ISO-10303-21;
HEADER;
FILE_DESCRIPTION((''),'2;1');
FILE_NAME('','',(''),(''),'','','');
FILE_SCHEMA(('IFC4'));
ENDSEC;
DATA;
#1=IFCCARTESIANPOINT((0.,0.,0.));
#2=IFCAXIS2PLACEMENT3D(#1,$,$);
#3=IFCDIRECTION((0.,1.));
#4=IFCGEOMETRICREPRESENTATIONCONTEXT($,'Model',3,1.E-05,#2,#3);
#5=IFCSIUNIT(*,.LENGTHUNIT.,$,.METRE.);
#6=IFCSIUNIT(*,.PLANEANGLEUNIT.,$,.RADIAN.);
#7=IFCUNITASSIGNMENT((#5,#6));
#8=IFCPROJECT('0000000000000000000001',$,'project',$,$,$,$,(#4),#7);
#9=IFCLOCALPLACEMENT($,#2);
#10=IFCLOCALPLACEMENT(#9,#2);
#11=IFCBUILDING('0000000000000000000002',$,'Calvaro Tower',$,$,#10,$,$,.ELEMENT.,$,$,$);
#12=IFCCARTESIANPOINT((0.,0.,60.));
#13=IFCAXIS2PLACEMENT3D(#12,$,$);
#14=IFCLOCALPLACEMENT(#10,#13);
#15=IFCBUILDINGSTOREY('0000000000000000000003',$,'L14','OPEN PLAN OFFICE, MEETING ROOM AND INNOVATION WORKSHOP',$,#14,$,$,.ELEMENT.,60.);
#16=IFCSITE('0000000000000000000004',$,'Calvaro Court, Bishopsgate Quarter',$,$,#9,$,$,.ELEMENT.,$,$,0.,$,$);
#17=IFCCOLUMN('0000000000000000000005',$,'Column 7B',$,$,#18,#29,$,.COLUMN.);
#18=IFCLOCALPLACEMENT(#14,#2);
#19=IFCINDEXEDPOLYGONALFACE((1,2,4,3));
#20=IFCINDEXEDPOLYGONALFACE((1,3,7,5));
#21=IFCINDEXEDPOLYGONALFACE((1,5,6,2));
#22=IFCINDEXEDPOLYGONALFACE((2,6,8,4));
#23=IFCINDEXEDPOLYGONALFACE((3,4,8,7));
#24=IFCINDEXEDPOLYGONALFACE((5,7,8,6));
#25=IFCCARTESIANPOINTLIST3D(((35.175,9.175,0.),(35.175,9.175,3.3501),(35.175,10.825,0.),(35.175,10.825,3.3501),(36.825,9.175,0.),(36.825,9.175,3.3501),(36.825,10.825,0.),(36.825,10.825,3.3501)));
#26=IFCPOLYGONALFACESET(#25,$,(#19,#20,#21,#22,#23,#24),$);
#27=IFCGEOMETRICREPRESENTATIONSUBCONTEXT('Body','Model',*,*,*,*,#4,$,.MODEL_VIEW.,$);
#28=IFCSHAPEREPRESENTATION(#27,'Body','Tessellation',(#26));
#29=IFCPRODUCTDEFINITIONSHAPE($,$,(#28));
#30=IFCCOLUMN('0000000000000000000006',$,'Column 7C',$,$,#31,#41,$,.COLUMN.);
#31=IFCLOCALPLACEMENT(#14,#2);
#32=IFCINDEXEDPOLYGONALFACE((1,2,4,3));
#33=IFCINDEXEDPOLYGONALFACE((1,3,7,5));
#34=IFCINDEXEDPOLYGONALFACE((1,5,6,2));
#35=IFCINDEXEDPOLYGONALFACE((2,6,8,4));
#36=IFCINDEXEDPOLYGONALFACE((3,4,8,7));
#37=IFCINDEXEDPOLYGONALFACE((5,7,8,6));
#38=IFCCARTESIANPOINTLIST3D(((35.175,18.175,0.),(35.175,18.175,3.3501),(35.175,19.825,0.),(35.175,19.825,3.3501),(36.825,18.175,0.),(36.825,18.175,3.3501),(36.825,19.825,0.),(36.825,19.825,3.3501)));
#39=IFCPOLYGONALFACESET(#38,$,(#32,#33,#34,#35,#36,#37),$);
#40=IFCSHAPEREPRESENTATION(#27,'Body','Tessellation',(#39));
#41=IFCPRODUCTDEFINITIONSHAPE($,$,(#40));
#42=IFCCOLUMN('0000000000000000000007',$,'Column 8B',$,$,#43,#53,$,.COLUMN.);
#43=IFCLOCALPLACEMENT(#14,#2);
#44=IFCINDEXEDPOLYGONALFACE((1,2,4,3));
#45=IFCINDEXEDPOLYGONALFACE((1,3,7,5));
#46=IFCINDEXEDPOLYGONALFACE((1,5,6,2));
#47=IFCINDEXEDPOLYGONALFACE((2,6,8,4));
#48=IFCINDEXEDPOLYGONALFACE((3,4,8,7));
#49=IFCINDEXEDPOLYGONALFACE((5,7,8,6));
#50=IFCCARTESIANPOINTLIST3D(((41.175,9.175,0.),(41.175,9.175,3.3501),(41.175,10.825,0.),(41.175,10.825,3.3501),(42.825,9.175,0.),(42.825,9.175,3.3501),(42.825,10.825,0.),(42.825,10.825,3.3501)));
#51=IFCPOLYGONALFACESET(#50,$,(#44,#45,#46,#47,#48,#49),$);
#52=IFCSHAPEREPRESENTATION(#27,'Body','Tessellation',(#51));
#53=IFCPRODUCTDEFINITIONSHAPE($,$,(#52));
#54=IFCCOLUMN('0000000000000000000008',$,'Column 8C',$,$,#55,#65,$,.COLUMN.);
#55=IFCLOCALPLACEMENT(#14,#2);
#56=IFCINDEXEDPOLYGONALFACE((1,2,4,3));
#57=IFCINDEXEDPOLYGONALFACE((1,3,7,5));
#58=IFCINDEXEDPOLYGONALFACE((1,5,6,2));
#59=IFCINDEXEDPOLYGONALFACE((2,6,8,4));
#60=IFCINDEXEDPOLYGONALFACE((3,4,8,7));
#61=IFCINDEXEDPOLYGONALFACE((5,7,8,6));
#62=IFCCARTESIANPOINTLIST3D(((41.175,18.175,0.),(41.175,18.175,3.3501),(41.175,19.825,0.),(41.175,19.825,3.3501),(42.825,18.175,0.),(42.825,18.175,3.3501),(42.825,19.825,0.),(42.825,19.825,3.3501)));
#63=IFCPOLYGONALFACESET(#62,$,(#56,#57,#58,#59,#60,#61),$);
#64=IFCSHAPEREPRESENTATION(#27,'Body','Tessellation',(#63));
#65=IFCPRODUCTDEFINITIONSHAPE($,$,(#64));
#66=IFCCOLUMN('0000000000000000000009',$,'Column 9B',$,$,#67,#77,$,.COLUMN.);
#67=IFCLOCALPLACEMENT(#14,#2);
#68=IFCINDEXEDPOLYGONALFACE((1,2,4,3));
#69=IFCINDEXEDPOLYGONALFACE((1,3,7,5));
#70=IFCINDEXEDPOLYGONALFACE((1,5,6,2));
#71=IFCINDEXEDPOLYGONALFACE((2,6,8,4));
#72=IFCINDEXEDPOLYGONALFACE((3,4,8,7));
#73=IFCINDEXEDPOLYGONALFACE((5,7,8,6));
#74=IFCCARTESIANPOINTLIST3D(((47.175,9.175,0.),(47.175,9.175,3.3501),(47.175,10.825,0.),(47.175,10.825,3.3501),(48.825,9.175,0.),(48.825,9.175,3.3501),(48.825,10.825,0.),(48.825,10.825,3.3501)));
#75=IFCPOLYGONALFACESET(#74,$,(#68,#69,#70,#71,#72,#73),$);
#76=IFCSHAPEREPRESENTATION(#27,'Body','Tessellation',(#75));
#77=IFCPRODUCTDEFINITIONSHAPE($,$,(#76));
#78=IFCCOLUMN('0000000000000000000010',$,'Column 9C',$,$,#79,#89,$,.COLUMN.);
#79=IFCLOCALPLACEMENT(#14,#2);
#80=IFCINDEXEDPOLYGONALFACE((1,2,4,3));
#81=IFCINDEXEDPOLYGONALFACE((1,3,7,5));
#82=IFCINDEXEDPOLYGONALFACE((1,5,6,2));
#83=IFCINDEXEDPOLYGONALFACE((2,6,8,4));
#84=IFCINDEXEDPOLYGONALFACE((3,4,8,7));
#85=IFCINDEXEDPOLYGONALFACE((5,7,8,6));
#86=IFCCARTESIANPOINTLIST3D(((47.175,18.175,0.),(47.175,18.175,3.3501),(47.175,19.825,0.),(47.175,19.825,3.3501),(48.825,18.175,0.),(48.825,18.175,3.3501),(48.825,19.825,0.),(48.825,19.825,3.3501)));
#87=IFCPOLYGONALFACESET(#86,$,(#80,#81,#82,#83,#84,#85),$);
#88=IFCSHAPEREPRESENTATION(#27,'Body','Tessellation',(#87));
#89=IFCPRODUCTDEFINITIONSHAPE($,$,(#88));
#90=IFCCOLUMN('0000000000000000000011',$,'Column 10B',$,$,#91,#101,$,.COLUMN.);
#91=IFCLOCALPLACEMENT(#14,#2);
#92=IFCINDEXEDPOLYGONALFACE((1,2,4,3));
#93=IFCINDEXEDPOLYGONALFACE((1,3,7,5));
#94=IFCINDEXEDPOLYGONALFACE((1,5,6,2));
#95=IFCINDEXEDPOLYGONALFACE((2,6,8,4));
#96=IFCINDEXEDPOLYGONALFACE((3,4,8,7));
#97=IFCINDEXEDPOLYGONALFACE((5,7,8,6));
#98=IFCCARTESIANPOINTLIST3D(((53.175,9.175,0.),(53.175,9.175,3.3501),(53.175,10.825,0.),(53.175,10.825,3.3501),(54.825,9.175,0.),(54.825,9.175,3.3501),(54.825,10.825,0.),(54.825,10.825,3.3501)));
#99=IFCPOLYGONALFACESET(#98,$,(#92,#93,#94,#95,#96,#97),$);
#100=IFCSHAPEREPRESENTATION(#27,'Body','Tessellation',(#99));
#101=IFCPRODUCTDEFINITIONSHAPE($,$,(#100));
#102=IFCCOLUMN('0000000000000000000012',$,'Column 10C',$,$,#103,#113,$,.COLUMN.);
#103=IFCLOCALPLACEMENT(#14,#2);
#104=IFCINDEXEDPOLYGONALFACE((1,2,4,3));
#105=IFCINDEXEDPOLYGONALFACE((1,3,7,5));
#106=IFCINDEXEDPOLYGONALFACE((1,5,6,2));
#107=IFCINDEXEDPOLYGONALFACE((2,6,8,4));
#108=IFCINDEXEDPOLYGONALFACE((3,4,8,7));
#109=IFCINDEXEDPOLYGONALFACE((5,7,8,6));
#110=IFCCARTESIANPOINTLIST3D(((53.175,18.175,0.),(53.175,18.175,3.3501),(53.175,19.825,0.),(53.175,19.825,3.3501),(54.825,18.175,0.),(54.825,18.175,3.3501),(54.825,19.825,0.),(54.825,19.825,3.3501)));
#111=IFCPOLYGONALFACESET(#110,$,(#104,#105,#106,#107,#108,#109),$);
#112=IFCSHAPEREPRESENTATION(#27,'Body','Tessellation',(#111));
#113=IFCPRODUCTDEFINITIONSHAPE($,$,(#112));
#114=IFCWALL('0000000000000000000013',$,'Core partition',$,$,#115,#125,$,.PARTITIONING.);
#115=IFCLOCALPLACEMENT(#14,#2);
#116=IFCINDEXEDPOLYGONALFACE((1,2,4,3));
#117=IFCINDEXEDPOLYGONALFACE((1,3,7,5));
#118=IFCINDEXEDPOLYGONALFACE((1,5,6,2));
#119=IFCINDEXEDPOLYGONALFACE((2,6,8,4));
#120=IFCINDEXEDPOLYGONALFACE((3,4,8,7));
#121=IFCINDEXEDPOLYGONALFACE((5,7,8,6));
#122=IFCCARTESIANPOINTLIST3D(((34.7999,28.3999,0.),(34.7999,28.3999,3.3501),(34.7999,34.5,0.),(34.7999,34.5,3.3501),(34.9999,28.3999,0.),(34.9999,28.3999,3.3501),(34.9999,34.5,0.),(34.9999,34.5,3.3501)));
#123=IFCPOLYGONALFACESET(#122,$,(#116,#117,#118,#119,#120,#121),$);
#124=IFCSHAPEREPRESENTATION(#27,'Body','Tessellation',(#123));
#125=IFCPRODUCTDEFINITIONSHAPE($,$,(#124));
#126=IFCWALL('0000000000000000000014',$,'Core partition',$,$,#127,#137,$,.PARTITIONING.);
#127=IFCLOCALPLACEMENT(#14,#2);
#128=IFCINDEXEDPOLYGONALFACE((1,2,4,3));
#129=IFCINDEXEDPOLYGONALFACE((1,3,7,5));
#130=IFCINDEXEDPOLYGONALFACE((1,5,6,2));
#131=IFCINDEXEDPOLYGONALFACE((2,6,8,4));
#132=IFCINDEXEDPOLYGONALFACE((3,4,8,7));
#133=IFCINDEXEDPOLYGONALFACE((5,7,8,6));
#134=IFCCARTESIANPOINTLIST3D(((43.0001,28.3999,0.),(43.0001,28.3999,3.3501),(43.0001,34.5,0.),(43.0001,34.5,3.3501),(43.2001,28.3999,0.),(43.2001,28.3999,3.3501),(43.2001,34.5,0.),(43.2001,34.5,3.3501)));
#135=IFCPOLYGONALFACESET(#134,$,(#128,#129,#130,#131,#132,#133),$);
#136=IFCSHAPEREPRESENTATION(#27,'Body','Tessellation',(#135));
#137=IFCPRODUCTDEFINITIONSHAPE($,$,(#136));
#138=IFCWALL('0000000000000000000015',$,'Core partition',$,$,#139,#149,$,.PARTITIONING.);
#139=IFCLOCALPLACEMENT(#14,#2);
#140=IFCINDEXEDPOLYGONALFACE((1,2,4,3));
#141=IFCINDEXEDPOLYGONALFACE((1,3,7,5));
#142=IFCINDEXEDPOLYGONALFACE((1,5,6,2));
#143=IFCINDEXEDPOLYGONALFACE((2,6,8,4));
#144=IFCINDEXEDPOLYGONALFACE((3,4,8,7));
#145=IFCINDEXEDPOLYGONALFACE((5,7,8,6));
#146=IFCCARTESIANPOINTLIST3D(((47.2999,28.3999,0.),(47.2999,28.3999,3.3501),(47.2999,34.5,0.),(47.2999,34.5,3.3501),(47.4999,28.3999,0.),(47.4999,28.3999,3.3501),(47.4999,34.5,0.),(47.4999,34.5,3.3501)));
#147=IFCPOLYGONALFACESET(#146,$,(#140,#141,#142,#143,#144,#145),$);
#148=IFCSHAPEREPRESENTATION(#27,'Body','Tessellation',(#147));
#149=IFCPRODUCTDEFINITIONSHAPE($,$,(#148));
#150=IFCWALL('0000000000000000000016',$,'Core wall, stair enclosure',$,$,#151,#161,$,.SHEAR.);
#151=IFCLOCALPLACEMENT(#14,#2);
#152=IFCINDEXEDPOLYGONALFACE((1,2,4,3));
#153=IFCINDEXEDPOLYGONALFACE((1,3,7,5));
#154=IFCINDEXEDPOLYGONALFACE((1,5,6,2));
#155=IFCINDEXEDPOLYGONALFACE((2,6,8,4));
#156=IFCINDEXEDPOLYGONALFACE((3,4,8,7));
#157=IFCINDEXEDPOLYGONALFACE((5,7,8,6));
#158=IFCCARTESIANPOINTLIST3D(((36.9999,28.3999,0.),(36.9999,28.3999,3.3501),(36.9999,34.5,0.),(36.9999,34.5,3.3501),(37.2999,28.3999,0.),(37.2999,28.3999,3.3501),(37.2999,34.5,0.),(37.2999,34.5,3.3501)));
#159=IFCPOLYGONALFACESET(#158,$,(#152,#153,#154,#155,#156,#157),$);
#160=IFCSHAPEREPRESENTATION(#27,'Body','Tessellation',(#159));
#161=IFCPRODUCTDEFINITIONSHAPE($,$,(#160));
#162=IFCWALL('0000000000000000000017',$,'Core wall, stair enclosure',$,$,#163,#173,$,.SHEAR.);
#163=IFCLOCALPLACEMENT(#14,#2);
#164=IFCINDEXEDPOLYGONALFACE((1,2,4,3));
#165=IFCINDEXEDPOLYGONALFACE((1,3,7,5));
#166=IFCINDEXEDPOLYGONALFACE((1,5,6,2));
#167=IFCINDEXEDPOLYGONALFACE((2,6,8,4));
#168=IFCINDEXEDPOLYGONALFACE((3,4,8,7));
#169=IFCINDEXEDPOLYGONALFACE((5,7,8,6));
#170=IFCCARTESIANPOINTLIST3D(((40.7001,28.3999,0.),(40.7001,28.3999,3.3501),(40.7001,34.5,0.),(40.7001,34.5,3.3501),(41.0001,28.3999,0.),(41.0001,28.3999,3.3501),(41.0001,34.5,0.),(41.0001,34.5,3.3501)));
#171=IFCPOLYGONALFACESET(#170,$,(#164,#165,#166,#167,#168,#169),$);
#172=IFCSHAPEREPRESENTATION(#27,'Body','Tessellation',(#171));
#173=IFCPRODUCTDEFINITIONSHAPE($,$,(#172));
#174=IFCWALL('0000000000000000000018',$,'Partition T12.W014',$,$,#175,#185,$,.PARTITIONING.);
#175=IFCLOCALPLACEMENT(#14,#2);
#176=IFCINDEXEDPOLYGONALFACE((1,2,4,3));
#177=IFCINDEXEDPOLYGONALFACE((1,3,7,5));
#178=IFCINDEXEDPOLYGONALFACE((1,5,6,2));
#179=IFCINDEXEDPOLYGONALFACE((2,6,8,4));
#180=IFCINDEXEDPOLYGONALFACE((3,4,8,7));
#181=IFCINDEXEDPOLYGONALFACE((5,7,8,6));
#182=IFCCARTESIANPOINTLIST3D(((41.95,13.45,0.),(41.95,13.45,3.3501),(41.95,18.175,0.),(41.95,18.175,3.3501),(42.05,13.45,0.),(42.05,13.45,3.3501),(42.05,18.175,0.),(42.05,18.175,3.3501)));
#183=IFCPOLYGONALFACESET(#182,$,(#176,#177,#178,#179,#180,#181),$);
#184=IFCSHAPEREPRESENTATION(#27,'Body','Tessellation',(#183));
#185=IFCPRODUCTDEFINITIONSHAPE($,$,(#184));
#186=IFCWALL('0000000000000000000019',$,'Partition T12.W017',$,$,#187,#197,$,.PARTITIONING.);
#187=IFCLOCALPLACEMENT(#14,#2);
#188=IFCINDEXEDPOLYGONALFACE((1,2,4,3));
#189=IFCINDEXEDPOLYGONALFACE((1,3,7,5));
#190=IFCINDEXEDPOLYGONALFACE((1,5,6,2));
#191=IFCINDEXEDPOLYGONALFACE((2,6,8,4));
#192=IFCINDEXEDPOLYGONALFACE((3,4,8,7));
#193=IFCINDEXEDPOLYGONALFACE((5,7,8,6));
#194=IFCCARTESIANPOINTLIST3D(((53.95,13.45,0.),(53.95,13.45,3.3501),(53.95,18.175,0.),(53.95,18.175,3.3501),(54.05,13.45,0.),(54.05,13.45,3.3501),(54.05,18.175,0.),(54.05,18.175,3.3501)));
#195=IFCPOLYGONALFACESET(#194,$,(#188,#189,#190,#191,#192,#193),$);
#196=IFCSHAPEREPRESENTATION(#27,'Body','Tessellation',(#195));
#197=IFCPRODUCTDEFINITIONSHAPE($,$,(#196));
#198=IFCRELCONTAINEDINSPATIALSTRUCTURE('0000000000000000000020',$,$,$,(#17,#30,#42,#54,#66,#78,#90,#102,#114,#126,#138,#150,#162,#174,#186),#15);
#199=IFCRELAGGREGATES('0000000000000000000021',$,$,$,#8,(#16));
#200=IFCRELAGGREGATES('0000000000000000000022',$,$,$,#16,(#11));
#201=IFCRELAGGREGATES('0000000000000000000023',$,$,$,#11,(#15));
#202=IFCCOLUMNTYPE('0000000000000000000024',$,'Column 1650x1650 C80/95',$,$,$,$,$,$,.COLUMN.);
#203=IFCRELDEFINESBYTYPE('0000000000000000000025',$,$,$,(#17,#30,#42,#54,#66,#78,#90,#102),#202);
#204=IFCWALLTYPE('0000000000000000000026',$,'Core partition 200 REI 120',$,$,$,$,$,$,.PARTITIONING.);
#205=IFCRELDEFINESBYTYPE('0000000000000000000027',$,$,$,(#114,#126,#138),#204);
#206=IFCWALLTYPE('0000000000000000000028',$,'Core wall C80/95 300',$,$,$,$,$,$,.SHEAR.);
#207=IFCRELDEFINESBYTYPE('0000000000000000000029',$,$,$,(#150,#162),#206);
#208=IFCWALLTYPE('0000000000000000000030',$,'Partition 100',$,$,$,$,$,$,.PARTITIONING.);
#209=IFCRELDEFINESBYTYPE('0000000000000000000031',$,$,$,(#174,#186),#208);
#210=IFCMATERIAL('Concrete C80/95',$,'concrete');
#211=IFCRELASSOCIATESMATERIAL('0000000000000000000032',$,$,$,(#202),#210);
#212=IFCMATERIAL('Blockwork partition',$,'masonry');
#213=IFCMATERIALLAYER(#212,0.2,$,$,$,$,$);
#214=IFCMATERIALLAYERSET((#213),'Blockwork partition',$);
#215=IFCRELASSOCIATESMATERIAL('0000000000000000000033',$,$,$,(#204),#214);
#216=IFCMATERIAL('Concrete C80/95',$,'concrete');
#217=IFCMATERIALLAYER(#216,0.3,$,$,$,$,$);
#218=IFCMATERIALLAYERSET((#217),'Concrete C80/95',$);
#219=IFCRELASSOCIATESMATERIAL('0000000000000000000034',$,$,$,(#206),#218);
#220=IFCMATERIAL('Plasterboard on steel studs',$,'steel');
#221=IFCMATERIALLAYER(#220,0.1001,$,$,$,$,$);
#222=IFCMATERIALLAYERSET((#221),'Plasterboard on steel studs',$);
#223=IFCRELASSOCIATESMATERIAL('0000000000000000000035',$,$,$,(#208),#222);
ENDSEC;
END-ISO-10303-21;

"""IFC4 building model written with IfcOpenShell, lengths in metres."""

from ifc_helpers import new_model, si_unit, direction, frame, frame_2d, origin, origin_2d, place, context, subcontext, project, spatial, rectangle, extrude, material, layer, layer_set, material_profile, profile_set, type_object, element, save


model = new_model("IFC4")

# Units and contexts
model_context = context("Model", 3, precision=1e-05, world=origin(), true_north=direction((0.0, 1.0)))
body_context = subcontext(model_context, "Body", "Model", "MODEL_VIEW")
ifc_project = project(units=[si_unit("LENGTHUNIT", "METRE"), si_unit("PLANEANGLEUNIT", "RADIAN")], contexts=[model_context])

# Site, building, storey
site_placement = place(None, origin())
site = spatial("IfcSite", under=ifc_project, at=site_placement, Name="Calvaro Court, Bishopsgate Quarter", CompositionType="ELEMENT", RefElevation=0.0)
building_placement = place(site_placement, origin())
building = spatial("IfcBuilding", under=site, at=building_placement, Name="Calvaro Tower", CompositionType="ELEMENT")
storey_placement = place(building_placement, frame((0.0, 0.0, 60.0)))
storey = spatial("IfcBuildingStorey", under=building, at=storey_placement, Name="L14", Description="OPEN PLAN OFFICE, MEETING ROOM AND INNOVATION WORKSHOP", CompositionType="ELEMENT", Elevation=60.0)

# Columns
ifc_material_1 = material(Name="Concrete C80/95", Category="concrete")
ifc_material_profile = material_profile(ifc_material_1, rectangle(XDim=1.6499, YDim=1.6499, at=origin_2d()), Name="RC 1650x1650")
ifc_profile_set = profile_set([ifc_material_profile], Name="Concrete C80/95")
column_type = type_object("IfcColumnType", Name="Column 1650x1650 C80/95", PredefinedType="COLUMN", material=ifc_profile_set)
for number, where, z_axis, x_axis, name in (
    (1, (36.0, 10.0, 0.0), (0.0, 0.0, 1.0), (1.0, 0.0, 0.0), "Column 7B"),
    (2, (36.0, 19.0, 0.0), (0.0, 0.0, 1.0), (1.0, 0.0, 0.0), "Column 7C"),
    (3, (42.0, 10.0, 0.0), (0.0, 0.0, 1.0), (1.0, 0.0, 0.0), "Column 8B"),
    (4, (42.0, 19.0, 0.0), (0.0, 0.0, 1.0), (1.0, 0.0, 0.0), "Column 8C"),
    (5, (48.0, 10.0, 0.0), (0.0, 0.0, 1.0), (1.0, 0.0, 0.0), "Column 9B"),
    (6, (48.0, 19.0, 0.0), (0.0, 0.0, 1.0), (1.0, 0.0, 0.0), "Column 9C"),
    (7, (54.0, 10.0, 0.0), (0.0, 0.0, 1.0), (1.0, 0.0, 0.0), "Column 10B"),
    (8, (54.0, 19.0, 0.0), (0.0, 0.0, 1.0), (1.0, 0.0, 0.0), "Column 10C"),
):
    element("IfcColumn", number, at=place(storey_placement, frame(where, z_axis=z_axis, x_axis=x_axis)), inside=storey, type_object=column_type, Name=name, PredefinedType="COLUMN", context=body_context, shape_type="SweptSolid", body=[
        extrude(rectangle(XDim=1.6499, YDim=1.6499, at=origin_2d()), origin(), (0.0, 0.0, 1.0), 3.3501),
    ])

# Walls
ifc_material_2 = material(Name="Blockwork partition", Category="masonry")
ifc_layer_1 = layer(ifc_material_2, 0.2)
ifc_layer_set_1 = layer_set([ifc_layer_1], Name="Blockwork partition")
wall_type_1 = type_object("IfcWallType", Name="Core partition 200 REI 120", PredefinedType="PARTITIONING", material=ifc_layer_set_1)
for number, where, z_axis, x_axis, name in (
    (9, (34.8999, 28.3999, 0.0), (0.0, 0.0, 1.0), (0.0, 1.0, 0.0), "Core partition"),
    (10, (43.1001, 28.3999, 0.0), (0.0, 0.0, 1.0), (0.0, 1.0, 0.0), "Core partition"),
    (11, (47.3999, 28.3999, 0.0), (0.0, 0.0, 1.0), (0.0, 1.0, 0.0), "Core partition"),
):
    element("IfcWall", number, at=place(storey_placement, frame(where, z_axis=z_axis, x_axis=x_axis)), inside=storey, type_object=wall_type_1, Name=name, PredefinedType="PARTITIONING", context=body_context, shape_type="SweptSolid", body=[
        extrude(rectangle(XDim=6.1001, YDim=0.2, at=frame_2d((3.05, 0.0))), origin(), (0.0, 0.0, 1.0), 3.3501),
    ])
ifc_material_3 = material(Name="Concrete C80/95", Category="concrete")
ifc_layer_2 = layer(ifc_material_3, 0.3)
ifc_layer_set_2 = layer_set([ifc_layer_2], Name="Concrete C80/95")
wall_type_2 = type_object("IfcWallType", Name="Core wall C80/95 300", PredefinedType="SHEAR", material=ifc_layer_set_2)
for number, where, z_axis, x_axis, name in (
    (12, (37.1499, 28.3999, 0.0), (0.0, 0.0, 1.0), (0.0, 1.0, 0.0), "Core wall, stair enclosure"),
    (13, (40.8501, 28.3999, 0.0), (0.0, 0.0, 1.0), (0.0, 1.0, 0.0), "Core wall, stair enclosure"),
):
    element("IfcWall", number, at=place(storey_placement, frame(where, z_axis=z_axis, x_axis=x_axis)), inside=storey, type_object=wall_type_2, Name=name, PredefinedType="SHEAR", context=body_context, shape_type="SweptSolid", body=[
        extrude(rectangle(XDim=6.1001, YDim=0.3, at=frame_2d((3.05, 0.0))), origin(), (0.0, 0.0, 1.0), 3.3501),
    ])
ifc_material_4 = material(Name="Plasterboard on steel studs", Category="steel")
ifc_layer_3 = layer(ifc_material_4, 0.1001)
ifc_layer_set_3 = layer_set([ifc_layer_3], Name="Plasterboard on steel studs")
wall_type_3 = type_object("IfcWallType", Name="Partition 100", PredefinedType="PARTITIONING", material=ifc_layer_set_3)
for number, where, z_axis, x_axis, name in (
    (14, (42.0, 13.45, 0.0), (0.0, 0.0, 1.0), (0.0, 1.0, 0.0), "Partition T12.W014"),
    (15, (54.0, 13.45, 0.0), (0.0, 0.0, 1.0), (0.0, 1.0, 0.0), "Partition T12.W017"),
):
    element("IfcWall", number, at=place(storey_placement, frame(where, z_axis=z_axis, x_axis=x_axis)), inside=storey, type_object=wall_type_3, Name=name, PredefinedType="PARTITIONING", context=body_context, shape_type="SweptSolid", body=[
        extrude(rectangle(XDim=4.7251, YDim=0.1001, at=frame_2d((2.3625, 0.0))), origin(), (0.0, 0.0, 1.0), 3.3501),
    ])

save(model, "model.ifc")
